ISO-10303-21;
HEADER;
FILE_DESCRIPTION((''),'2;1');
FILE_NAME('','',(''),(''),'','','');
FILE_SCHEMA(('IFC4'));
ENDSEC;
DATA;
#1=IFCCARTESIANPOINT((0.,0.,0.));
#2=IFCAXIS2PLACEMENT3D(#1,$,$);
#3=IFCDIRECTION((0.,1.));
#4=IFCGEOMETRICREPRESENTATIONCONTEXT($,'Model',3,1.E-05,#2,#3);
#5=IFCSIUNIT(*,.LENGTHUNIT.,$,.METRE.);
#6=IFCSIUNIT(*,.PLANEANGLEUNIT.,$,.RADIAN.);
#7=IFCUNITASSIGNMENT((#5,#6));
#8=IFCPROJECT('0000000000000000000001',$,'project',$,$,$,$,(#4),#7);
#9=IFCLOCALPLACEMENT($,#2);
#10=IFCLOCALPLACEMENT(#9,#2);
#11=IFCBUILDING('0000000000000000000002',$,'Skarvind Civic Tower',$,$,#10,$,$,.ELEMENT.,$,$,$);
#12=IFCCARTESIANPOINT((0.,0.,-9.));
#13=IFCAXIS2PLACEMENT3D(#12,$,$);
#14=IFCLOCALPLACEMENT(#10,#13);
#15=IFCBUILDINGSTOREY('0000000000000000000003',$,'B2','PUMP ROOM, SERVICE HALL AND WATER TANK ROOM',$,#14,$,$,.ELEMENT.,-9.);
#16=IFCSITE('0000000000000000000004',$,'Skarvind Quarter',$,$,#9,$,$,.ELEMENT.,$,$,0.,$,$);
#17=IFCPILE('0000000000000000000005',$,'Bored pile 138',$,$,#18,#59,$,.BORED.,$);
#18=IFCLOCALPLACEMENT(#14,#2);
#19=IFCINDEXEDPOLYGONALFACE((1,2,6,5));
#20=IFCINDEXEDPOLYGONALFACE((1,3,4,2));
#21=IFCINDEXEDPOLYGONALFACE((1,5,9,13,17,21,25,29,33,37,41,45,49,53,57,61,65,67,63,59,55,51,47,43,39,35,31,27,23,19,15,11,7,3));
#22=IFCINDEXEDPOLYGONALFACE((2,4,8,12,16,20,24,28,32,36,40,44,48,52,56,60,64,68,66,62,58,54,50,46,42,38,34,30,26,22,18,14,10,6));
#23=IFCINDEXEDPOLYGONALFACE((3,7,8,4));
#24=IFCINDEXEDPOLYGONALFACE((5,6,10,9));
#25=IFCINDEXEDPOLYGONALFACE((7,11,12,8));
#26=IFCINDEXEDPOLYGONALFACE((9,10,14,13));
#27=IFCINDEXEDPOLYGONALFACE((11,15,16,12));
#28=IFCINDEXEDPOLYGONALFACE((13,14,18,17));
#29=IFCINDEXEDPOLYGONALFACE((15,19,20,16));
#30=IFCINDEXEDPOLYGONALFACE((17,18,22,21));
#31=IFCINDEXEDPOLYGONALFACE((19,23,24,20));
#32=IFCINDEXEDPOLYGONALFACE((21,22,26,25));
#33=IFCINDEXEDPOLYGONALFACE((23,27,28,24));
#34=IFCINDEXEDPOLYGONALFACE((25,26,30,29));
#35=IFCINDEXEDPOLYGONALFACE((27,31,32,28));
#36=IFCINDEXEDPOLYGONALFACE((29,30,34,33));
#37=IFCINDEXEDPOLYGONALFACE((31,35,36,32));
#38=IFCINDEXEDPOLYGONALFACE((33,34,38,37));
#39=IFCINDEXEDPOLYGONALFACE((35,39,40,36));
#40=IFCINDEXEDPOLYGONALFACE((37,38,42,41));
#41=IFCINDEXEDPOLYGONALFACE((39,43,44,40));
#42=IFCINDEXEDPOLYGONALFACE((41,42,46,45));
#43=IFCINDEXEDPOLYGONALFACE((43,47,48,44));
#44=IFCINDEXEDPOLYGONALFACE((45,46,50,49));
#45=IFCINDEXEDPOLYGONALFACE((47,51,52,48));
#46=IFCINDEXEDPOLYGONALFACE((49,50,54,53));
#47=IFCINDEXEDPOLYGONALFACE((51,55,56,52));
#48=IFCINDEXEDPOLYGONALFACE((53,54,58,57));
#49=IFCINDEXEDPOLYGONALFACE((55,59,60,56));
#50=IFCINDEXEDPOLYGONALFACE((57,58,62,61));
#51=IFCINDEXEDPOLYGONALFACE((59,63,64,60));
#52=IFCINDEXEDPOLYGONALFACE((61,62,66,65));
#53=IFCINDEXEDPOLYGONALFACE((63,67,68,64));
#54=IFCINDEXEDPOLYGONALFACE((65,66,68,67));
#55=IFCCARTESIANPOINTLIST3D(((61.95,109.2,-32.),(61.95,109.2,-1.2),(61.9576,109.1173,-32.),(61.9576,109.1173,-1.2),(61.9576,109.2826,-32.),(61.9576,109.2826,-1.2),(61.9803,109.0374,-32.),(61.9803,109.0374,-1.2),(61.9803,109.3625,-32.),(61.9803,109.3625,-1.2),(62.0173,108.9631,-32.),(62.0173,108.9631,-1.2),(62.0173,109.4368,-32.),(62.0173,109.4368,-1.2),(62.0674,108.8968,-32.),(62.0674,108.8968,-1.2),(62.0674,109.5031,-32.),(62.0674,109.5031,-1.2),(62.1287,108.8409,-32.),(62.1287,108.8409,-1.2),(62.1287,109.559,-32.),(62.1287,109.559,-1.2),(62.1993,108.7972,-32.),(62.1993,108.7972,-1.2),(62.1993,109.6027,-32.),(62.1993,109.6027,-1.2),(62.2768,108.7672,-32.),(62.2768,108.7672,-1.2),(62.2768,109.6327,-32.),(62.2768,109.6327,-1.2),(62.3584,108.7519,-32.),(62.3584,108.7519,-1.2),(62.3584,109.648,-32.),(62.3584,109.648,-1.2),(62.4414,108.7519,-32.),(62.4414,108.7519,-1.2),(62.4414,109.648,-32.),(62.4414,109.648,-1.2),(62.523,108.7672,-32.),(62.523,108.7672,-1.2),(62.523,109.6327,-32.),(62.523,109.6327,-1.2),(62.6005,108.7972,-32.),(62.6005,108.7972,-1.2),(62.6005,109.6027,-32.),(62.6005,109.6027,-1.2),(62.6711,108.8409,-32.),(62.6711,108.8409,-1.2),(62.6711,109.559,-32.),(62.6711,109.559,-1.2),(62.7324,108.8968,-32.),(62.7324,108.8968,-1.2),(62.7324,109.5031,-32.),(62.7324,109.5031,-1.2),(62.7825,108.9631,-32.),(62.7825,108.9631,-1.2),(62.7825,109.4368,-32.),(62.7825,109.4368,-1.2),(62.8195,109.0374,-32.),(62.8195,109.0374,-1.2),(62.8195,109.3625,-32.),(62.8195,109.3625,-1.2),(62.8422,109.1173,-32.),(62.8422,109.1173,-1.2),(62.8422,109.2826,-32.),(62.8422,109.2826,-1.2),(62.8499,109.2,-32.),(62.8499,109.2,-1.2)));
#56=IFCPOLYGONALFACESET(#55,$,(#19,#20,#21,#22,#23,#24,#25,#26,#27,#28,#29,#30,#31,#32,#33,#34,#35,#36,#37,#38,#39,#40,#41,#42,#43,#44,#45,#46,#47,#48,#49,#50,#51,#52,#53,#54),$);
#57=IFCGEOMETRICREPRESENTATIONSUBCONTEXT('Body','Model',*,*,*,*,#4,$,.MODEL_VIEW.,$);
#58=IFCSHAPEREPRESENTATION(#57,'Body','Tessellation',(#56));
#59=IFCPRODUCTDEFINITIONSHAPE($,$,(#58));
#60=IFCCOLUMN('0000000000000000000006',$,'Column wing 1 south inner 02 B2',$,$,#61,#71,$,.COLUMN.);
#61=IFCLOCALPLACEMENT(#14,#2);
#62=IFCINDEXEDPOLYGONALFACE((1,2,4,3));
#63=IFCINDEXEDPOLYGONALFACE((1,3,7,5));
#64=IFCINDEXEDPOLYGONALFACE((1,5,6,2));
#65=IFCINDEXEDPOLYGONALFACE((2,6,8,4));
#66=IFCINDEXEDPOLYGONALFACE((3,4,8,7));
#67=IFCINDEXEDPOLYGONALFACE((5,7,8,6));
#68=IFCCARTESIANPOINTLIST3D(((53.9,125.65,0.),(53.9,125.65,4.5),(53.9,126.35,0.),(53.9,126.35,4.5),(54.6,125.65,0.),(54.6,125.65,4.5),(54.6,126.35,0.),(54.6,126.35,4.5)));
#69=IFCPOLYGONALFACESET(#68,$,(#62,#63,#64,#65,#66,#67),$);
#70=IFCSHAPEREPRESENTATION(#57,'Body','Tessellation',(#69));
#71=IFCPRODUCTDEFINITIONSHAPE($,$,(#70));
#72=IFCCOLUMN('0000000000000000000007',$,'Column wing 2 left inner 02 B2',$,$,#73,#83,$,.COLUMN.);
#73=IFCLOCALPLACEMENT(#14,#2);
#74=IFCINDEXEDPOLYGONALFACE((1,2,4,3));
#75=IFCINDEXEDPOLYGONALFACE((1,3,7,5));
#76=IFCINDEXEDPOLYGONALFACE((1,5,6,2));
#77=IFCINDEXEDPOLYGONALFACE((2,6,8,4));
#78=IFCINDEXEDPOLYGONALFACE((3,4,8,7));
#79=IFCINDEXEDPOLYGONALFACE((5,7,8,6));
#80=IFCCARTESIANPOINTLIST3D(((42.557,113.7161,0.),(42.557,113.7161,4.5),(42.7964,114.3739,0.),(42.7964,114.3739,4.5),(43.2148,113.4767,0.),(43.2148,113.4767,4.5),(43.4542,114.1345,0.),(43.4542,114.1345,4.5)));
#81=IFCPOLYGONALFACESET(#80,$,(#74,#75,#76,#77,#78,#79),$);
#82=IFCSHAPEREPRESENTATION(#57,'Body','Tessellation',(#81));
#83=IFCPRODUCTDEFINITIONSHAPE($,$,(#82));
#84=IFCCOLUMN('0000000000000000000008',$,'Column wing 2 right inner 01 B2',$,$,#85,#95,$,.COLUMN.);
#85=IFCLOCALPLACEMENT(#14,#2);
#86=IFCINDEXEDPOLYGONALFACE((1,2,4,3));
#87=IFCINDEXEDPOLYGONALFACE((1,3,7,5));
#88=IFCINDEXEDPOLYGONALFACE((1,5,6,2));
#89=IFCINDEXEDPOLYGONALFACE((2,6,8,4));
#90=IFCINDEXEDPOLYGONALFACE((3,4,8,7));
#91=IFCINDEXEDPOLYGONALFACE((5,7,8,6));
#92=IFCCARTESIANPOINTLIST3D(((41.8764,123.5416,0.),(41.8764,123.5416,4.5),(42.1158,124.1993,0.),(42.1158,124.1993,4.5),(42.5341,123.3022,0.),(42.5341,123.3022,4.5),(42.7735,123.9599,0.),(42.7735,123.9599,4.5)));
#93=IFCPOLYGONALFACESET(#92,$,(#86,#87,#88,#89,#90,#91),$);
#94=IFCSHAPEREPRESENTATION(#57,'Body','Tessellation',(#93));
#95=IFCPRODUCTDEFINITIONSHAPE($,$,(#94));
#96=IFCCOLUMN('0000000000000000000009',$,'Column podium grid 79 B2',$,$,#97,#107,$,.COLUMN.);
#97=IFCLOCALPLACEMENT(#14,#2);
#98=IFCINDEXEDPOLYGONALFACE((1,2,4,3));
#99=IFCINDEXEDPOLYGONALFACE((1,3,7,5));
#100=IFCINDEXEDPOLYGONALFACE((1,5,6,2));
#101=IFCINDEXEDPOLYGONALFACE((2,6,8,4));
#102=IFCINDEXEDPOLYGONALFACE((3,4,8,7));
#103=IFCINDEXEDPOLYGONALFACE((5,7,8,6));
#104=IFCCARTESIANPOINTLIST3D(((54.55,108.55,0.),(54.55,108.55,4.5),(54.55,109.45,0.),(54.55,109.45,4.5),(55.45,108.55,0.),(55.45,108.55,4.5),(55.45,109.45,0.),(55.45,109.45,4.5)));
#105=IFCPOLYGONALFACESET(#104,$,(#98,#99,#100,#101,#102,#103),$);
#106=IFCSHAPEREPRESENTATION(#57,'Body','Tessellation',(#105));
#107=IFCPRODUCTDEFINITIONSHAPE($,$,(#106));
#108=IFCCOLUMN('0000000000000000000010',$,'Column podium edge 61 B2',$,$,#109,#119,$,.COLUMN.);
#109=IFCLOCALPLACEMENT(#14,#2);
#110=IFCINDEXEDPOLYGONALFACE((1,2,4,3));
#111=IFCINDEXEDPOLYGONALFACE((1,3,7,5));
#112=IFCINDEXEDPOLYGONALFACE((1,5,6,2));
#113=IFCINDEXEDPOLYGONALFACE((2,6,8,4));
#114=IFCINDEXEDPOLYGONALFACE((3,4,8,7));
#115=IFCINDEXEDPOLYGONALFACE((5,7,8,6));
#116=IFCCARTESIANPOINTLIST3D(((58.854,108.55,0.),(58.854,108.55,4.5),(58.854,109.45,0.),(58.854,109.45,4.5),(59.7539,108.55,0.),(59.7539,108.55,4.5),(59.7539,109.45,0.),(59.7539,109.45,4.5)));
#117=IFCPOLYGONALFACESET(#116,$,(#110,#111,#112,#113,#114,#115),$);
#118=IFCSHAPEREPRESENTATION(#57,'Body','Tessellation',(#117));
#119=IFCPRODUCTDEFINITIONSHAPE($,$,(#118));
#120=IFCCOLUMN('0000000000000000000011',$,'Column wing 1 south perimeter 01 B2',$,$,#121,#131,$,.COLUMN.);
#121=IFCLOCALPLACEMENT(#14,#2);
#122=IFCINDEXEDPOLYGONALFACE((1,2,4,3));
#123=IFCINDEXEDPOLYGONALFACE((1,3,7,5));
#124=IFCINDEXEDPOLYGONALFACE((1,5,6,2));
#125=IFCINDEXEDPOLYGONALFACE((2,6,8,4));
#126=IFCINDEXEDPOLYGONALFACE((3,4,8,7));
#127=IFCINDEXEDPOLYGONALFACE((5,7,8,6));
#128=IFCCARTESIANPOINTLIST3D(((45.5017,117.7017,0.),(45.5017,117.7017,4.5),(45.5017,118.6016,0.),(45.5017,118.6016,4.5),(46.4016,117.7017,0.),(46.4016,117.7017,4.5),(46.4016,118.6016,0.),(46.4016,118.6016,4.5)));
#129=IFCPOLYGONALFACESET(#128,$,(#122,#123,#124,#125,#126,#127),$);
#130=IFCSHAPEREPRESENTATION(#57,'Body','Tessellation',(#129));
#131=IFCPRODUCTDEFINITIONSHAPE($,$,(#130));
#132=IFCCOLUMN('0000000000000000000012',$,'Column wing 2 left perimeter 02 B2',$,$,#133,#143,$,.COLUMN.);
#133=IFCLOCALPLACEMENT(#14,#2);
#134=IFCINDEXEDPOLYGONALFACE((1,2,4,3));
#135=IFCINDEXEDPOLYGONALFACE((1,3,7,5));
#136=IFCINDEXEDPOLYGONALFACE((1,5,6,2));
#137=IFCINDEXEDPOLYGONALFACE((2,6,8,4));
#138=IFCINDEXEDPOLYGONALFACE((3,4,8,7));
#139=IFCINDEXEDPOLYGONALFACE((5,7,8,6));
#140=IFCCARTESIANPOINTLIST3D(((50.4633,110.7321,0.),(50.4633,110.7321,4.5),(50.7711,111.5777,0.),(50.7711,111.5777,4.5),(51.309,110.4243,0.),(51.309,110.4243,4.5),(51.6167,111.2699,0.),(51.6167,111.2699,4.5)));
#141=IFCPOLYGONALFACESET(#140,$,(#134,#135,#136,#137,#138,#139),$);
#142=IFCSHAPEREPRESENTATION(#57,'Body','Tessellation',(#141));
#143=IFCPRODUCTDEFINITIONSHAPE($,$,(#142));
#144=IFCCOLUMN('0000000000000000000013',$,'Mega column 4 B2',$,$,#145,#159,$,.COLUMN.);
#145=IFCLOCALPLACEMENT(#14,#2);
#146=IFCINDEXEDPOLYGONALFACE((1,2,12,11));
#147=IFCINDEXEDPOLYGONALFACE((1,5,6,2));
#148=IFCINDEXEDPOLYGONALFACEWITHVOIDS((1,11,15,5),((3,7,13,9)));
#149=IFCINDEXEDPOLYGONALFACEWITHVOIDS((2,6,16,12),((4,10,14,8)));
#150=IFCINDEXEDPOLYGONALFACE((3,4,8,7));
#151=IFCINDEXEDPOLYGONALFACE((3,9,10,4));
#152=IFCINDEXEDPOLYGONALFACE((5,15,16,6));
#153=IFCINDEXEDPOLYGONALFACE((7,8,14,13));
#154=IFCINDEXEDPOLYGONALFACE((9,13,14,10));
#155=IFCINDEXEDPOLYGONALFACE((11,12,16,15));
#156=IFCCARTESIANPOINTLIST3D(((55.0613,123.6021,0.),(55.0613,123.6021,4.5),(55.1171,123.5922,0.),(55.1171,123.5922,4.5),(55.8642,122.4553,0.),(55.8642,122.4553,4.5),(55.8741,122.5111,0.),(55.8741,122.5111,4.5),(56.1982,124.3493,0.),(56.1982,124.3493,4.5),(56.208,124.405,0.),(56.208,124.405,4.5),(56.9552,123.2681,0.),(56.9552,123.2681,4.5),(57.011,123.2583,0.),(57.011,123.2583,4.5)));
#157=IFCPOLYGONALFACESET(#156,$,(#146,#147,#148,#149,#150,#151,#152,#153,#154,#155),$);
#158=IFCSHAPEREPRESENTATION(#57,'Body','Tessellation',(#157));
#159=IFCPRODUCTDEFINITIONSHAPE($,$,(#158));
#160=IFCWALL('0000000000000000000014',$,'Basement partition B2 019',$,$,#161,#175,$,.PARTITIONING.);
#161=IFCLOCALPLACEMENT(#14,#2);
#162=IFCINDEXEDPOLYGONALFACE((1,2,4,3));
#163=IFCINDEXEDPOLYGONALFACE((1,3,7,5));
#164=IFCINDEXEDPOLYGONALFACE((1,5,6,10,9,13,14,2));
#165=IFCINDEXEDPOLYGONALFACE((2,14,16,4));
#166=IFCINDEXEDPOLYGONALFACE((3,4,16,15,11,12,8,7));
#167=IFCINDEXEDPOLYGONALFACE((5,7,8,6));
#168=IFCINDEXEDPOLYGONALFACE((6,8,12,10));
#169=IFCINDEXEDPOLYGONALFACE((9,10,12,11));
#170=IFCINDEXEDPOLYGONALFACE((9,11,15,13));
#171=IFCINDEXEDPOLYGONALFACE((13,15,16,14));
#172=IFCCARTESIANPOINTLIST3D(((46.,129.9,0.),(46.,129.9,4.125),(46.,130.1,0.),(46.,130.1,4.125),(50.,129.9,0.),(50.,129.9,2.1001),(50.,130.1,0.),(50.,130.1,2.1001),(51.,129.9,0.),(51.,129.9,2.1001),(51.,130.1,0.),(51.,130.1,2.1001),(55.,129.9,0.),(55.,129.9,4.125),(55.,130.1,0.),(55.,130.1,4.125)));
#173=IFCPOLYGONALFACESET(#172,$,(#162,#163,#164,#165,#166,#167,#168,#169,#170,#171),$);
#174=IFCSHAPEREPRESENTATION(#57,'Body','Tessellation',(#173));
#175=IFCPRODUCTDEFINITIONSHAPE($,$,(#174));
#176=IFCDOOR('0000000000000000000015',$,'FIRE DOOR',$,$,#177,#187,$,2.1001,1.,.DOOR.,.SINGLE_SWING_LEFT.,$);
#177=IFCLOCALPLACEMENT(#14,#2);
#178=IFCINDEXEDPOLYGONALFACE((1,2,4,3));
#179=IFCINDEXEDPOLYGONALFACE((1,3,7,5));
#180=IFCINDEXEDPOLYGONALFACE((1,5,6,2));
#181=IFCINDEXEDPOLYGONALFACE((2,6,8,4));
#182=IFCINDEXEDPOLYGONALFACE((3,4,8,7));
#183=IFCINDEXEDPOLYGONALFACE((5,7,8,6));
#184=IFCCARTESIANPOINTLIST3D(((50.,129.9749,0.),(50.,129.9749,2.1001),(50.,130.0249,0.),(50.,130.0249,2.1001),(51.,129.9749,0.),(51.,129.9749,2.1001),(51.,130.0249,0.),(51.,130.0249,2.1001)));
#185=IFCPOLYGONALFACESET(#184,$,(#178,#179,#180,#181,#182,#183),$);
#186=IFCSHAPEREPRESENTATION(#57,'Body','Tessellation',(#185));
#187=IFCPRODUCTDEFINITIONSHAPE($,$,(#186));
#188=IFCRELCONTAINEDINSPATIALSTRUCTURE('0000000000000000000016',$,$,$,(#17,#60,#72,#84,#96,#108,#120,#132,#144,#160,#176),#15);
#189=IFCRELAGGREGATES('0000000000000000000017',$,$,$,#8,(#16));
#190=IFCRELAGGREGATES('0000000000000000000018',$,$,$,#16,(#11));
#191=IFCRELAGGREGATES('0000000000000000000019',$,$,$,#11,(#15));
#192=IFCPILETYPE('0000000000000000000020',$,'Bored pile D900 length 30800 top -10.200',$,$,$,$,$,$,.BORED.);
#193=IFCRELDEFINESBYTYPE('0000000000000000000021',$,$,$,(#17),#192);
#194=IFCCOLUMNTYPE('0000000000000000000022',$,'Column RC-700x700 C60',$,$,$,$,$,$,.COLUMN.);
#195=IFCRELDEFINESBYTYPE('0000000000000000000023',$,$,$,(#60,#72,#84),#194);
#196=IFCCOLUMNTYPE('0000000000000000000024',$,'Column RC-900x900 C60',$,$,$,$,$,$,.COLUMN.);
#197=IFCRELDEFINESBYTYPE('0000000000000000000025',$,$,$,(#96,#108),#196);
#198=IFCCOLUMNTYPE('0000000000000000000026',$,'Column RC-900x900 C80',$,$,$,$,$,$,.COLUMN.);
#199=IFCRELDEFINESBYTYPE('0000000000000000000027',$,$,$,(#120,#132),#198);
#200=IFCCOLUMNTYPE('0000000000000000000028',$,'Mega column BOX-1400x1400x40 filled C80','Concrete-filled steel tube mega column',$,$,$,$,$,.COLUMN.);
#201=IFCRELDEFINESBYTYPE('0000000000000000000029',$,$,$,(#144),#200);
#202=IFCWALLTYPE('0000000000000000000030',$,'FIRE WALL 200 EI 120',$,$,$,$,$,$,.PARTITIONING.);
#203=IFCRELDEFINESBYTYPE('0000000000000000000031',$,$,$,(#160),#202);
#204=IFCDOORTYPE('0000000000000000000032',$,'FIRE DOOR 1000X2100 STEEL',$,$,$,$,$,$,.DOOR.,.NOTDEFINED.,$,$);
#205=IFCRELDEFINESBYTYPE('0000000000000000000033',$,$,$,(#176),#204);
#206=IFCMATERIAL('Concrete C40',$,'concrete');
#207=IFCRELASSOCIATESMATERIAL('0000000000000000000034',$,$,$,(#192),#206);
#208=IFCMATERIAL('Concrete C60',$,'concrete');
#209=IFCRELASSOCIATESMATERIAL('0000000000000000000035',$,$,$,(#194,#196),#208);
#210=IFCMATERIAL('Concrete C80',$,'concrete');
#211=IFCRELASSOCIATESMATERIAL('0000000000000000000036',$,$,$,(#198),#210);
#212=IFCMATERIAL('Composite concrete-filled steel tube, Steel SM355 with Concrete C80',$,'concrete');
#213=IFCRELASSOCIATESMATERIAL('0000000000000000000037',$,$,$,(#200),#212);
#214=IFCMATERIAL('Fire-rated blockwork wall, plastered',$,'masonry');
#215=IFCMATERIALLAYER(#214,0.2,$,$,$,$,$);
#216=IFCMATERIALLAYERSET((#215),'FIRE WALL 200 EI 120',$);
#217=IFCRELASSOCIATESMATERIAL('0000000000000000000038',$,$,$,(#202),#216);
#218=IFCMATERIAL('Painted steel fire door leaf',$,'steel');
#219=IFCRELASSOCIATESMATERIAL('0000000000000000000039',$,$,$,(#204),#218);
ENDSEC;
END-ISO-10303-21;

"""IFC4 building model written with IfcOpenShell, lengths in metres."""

from ifc_helpers import new_model, si_unit, direction, frame, frame_2d, origin, origin_2d, place, context, subcontext, project, spatial, rectangle, hollow_rectangle, circle, extrude, material, layer, layer_set, material_profile, profile_set, type_object, element, fill, save


model = new_model("IFC4")

# Units and contexts
model_context = context("Model", 3, precision=1e-05, world=origin(), true_north=direction((0.0, 1.0)))
body_context = subcontext(model_context, "Body", "Model", "MODEL_VIEW")
ifc_project = project(units=[si_unit("LENGTHUNIT", "METRE"), si_unit("PLANEANGLEUNIT", "RADIAN")], contexts=[model_context])

# Site, building, storey
site_placement = place(None, origin())
site = spatial("IfcSite", under=ifc_project, at=site_placement, Name="Skarvind Quarter", CompositionType="ELEMENT", RefElevation=0.0)
building_placement = place(site_placement, origin())
building = spatial("IfcBuilding", under=site, at=building_placement, Name="Skarvind Civic Tower", CompositionType="ELEMENT")
storey_placement = place(building_placement, frame((0.0, 0.0, -9.0)))
storey = spatial("IfcBuildingStorey", under=building, at=storey_placement, Name="B2", Description="PUMP ROOM, SERVICE HALL AND WATER TANK ROOM", CompositionType="ELEMENT", Elevation=-9.0)

# Pile
ifc_material_1 = material(Name="Concrete C40", Category="concrete")
pile_type_1 = type_object("IfcPileType", Name="Bored pile D900 length 30800 top -10.200", PredefinedType="BORED", material=ifc_material_1)
for number, where, z_axis, x_axis, name in (
    (1, (62.3999, 109.2, -1.2), (0.0, 0.0, -1.0), (1.0, 0.0, 0.0), "Bored pile 138"),
):
    element("IfcPile", number, at=place(storey_placement, frame(where, z_axis=z_axis, x_axis=x_axis)), inside=storey, type_object=pile_type_1, Name=name, PredefinedType="BORED", context=body_context, shape_type="SweptSolid", body=[
        extrude(circle(Radius=0.45, at=origin_2d()), origin(), (0.0, 0.0, 1.0), 30.8),
    ])

# Columns
ifc_material_2 = material(Name="Concrete C60", Category="concrete")
ifc_material_profile_1 = material_profile(ifc_material_2, rectangle(XDim=0.7, YDim=0.7, at=origin_2d()), Name="RC-700x700")
ifc_profile_set_1 = profile_set([ifc_material_profile_1], Name="Concrete C60")
column_type_1 = type_object("IfcColumnType", Name="Column RC-700x700 C60", PredefinedType="COLUMN", material=ifc_profile_set_1)
for number, where, z_axis, x_axis, name in (
    (2, (54.25, 126.0, 0.0), (0.0, 0.0, 1.0), (1.0, 0.0, 0.0), "Column wing 1 south inner 02 B2"),
    (3, (43.0056, 113.9253, 0.0), (0.0, 0.0, 1.0), (-0.34202, -0.939693, 0.0), "Column wing 2 left inner 02 B2"),
    (4, (42.325, 123.7507, 0.0), (0.0, 0.0, 1.0), (-0.34202, -0.939693, 0.0), "Column wing 2 right inner 01 B2"),
):
    element("IfcColumn", number, at=place(storey_placement, frame(where, z_axis=z_axis, x_axis=x_axis)), inside=storey, type_object=column_type_1, Name=name, PredefinedType="COLUMN", context=body_context, shape_type="SweptSolid", body=[
        extrude(rectangle(XDim=0.7, YDim=0.7, at=origin_2d()), origin(), (0.0, 0.0, 1.0), 4.5),
    ])
ifc_material_profile_2 = material_profile(ifc_material_2, rectangle(XDim=0.8999, YDim=0.8999, at=origin_2d()), Name="RC-900x900")
ifc_profile_set_2 = profile_set([ifc_material_profile_2], Name="Concrete C60")
column_type_2 = type_object("IfcColumnType", Name="Column RC-900x900 C60", PredefinedType="COLUMN", material=ifc_profile_set_2)
for number, where, z_axis, x_axis, name in (
    (5, (55.0, 109.0, 0.0), (0.0, 0.0, 1.0), (1.0, 0.0, 0.0), "Column podium grid 79 B2"),
    (6, (59.304, 109.0, 0.0), (0.0, 0.0, 1.0), (1.0, 0.0, 0.0), "Column podium edge 61 B2"),
):
    element("IfcColumn", number, at=place(storey_placement, frame(where, z_axis=z_axis, x_axis=x_axis)), inside=storey, type_object=column_type_2, Name=name, PredefinedType="COLUMN", context=body_context, shape_type="SweptSolid", body=[
        extrude(rectangle(XDim=0.8999, YDim=0.8999, at=origin_2d()), origin(), (0.0, 0.0, 1.0), 4.5),
    ])
ifc_material_3 = material(Name="Concrete C80", Category="concrete")
ifc_material_profile_3 = material_profile(ifc_material_3, rectangle(XDim=0.8999, YDim=0.8999, at=origin_2d()), Name="RC-900x900")
ifc_profile_set_3 = profile_set([ifc_material_profile_3], Name="Concrete C80")
column_type_3 = type_object("IfcColumnType", Name="Column RC-900x900 C80", PredefinedType="COLUMN", material=ifc_profile_set_3)
for number, where, z_axis, x_axis, name in (
    (7, (45.9517, 118.1516, 0.0), (0.0, 0.0, 1.0), (1.0, 0.0, 0.0), "Column wing 1 south perimeter 01 B2"),
    (8, (51.04, 111.001, 0.0), (0.0, 0.0, 1.0), (-0.34202, -0.939693, 0.0), "Column wing 2 left perimeter 02 B2"),
):
    element("IfcColumn", number, at=place(storey_placement, frame(where, z_axis=z_axis, x_axis=x_axis)), inside=storey, type_object=column_type_3, Name=name, PredefinedType="COLUMN", context=body_context, shape_type="SweptSolid", body=[
        extrude(rectangle(XDim=0.8999, YDim=0.8999, at=origin_2d()), origin(), (0.0, 0.0, 1.0), 4.5),
    ])
ifc_material_4 = material(Name="Composite concrete-filled steel tube, Steel SM355 with Concrete C80", Category="concrete")
ifc_material_profile_4 = material_profile(ifc_material_4, hollow_rectangle(XDim=1.3999, YDim=1.3999, WallThickness=0.04, at=origin_2d()), Name="BOX-1400x1400x40")
ifc_profile_set_4 = profile_set([ifc_material_profile_4], Name="Composite concrete-filled steel tube, Steel SM355 with Concrete C80")
column_type_4 = type_object("IfcColumnType", Name="Mega column BOX-1400x1400x40 filled C80", Description="Concrete-filled steel tube mega column", PredefinedType="COLUMN", material=ifc_profile_set_4)
column_placement = place(storey_placement, frame((56.0361, 123.4302, 0.0), z_axis=(0.0, 0.0, 1.0), x_axis=(0.573576, -0.819152, 0.0)))
element("IfcColumn", 9, at=column_placement, inside=storey, type_object=column_type_4, Name="Mega column 4 B2", PredefinedType="COLUMN", context=body_context, shape_type="SweptSolid", body=[
    extrude(hollow_rectangle(XDim=1.3999, YDim=1.3999, WallThickness=0.04, at=origin_2d()), origin(), (0.0, 0.0, 1.0), 4.5),
])

# Wall, opening, door
ifc_material_5 = material(Name="Fire-rated blockwork wall, plastered", Category="masonry")
ifc_layer_1 = layer(ifc_material_5, 0.2)
ifc_layer_set_1 = layer_set([ifc_layer_1], Name="FIRE WALL 200 EI 120")
wall_type_1 = type_object("IfcWallType", Name="FIRE WALL 200 EI 120", PredefinedType="PARTITIONING", material=ifc_layer_set_1)
wall_1_placement = place(storey_placement, frame((46.0, 130.0, 0.0), z_axis=(0.0, 0.0, 1.0), x_axis=(1.0, 0.0, 0.0)))
wall_1 = element("IfcWall", 10, at=wall_1_placement, inside=storey, type_object=wall_type_1, Name="Basement partition B2 019", PredefinedType="PARTITIONING", context=body_context, shape_type="SweptSolid", body=[
    extrude(rectangle(XDim=9.0, YDim=0.2, at=frame_2d((4.5, 0.0))), origin(), (0.0, 0.0, 1.0), 4.125),
])
opening_placement = place(wall_1_placement, frame((4.0, 0.0, 0.0)))
opening = element("IfcOpeningElement", 11, at=opening_placement, cuts=wall_1, PredefinedType="OPENING", context=body_context, shape_type="SweptSolid", body=[
    extrude(rectangle(XDim=1.0, YDim=2.1001, at=frame_2d((0.5, 1.05))), frame((0.0, 0.1099, 0.0), z_axis=(0.0, -1.0, 0.0), x_axis=(1.0, 0.0, 0.0)), (0.0, 0.0, 1.0), 0.22),
])
ifc_material_6 = material(Name="Painted steel fire door leaf", Category="steel")
door_type = type_object("IfcDoorType", Name="FIRE DOOR 1000X2100 STEEL", OperationType="NOTDEFINED", PredefinedType="DOOR", material=ifc_material_6)
door_placement = place(opening_placement, origin())
door = element("IfcDoor", 12, at=door_placement, inside=storey, type_object=door_type, Name="FIRE DOOR", OperationType="SINGLE_SWING_LEFT", OverallHeight=2.1001, OverallWidth=1.0, PredefinedType="DOOR", context=body_context, shape_type="SweptSolid", body=[
    extrude(rectangle(XDim=1.0, YDim=2.1001, at=frame_2d((0.5, 1.05))), frame((0.0, 0.0249, 0.0), z_axis=(0.0, -1.0, 0.0), x_axis=(1.0, 0.0, 0.0)), (0.0, 0.0, 1.0), 0.05),
])
fill(opening, door)

save(model, "model.ifc")
